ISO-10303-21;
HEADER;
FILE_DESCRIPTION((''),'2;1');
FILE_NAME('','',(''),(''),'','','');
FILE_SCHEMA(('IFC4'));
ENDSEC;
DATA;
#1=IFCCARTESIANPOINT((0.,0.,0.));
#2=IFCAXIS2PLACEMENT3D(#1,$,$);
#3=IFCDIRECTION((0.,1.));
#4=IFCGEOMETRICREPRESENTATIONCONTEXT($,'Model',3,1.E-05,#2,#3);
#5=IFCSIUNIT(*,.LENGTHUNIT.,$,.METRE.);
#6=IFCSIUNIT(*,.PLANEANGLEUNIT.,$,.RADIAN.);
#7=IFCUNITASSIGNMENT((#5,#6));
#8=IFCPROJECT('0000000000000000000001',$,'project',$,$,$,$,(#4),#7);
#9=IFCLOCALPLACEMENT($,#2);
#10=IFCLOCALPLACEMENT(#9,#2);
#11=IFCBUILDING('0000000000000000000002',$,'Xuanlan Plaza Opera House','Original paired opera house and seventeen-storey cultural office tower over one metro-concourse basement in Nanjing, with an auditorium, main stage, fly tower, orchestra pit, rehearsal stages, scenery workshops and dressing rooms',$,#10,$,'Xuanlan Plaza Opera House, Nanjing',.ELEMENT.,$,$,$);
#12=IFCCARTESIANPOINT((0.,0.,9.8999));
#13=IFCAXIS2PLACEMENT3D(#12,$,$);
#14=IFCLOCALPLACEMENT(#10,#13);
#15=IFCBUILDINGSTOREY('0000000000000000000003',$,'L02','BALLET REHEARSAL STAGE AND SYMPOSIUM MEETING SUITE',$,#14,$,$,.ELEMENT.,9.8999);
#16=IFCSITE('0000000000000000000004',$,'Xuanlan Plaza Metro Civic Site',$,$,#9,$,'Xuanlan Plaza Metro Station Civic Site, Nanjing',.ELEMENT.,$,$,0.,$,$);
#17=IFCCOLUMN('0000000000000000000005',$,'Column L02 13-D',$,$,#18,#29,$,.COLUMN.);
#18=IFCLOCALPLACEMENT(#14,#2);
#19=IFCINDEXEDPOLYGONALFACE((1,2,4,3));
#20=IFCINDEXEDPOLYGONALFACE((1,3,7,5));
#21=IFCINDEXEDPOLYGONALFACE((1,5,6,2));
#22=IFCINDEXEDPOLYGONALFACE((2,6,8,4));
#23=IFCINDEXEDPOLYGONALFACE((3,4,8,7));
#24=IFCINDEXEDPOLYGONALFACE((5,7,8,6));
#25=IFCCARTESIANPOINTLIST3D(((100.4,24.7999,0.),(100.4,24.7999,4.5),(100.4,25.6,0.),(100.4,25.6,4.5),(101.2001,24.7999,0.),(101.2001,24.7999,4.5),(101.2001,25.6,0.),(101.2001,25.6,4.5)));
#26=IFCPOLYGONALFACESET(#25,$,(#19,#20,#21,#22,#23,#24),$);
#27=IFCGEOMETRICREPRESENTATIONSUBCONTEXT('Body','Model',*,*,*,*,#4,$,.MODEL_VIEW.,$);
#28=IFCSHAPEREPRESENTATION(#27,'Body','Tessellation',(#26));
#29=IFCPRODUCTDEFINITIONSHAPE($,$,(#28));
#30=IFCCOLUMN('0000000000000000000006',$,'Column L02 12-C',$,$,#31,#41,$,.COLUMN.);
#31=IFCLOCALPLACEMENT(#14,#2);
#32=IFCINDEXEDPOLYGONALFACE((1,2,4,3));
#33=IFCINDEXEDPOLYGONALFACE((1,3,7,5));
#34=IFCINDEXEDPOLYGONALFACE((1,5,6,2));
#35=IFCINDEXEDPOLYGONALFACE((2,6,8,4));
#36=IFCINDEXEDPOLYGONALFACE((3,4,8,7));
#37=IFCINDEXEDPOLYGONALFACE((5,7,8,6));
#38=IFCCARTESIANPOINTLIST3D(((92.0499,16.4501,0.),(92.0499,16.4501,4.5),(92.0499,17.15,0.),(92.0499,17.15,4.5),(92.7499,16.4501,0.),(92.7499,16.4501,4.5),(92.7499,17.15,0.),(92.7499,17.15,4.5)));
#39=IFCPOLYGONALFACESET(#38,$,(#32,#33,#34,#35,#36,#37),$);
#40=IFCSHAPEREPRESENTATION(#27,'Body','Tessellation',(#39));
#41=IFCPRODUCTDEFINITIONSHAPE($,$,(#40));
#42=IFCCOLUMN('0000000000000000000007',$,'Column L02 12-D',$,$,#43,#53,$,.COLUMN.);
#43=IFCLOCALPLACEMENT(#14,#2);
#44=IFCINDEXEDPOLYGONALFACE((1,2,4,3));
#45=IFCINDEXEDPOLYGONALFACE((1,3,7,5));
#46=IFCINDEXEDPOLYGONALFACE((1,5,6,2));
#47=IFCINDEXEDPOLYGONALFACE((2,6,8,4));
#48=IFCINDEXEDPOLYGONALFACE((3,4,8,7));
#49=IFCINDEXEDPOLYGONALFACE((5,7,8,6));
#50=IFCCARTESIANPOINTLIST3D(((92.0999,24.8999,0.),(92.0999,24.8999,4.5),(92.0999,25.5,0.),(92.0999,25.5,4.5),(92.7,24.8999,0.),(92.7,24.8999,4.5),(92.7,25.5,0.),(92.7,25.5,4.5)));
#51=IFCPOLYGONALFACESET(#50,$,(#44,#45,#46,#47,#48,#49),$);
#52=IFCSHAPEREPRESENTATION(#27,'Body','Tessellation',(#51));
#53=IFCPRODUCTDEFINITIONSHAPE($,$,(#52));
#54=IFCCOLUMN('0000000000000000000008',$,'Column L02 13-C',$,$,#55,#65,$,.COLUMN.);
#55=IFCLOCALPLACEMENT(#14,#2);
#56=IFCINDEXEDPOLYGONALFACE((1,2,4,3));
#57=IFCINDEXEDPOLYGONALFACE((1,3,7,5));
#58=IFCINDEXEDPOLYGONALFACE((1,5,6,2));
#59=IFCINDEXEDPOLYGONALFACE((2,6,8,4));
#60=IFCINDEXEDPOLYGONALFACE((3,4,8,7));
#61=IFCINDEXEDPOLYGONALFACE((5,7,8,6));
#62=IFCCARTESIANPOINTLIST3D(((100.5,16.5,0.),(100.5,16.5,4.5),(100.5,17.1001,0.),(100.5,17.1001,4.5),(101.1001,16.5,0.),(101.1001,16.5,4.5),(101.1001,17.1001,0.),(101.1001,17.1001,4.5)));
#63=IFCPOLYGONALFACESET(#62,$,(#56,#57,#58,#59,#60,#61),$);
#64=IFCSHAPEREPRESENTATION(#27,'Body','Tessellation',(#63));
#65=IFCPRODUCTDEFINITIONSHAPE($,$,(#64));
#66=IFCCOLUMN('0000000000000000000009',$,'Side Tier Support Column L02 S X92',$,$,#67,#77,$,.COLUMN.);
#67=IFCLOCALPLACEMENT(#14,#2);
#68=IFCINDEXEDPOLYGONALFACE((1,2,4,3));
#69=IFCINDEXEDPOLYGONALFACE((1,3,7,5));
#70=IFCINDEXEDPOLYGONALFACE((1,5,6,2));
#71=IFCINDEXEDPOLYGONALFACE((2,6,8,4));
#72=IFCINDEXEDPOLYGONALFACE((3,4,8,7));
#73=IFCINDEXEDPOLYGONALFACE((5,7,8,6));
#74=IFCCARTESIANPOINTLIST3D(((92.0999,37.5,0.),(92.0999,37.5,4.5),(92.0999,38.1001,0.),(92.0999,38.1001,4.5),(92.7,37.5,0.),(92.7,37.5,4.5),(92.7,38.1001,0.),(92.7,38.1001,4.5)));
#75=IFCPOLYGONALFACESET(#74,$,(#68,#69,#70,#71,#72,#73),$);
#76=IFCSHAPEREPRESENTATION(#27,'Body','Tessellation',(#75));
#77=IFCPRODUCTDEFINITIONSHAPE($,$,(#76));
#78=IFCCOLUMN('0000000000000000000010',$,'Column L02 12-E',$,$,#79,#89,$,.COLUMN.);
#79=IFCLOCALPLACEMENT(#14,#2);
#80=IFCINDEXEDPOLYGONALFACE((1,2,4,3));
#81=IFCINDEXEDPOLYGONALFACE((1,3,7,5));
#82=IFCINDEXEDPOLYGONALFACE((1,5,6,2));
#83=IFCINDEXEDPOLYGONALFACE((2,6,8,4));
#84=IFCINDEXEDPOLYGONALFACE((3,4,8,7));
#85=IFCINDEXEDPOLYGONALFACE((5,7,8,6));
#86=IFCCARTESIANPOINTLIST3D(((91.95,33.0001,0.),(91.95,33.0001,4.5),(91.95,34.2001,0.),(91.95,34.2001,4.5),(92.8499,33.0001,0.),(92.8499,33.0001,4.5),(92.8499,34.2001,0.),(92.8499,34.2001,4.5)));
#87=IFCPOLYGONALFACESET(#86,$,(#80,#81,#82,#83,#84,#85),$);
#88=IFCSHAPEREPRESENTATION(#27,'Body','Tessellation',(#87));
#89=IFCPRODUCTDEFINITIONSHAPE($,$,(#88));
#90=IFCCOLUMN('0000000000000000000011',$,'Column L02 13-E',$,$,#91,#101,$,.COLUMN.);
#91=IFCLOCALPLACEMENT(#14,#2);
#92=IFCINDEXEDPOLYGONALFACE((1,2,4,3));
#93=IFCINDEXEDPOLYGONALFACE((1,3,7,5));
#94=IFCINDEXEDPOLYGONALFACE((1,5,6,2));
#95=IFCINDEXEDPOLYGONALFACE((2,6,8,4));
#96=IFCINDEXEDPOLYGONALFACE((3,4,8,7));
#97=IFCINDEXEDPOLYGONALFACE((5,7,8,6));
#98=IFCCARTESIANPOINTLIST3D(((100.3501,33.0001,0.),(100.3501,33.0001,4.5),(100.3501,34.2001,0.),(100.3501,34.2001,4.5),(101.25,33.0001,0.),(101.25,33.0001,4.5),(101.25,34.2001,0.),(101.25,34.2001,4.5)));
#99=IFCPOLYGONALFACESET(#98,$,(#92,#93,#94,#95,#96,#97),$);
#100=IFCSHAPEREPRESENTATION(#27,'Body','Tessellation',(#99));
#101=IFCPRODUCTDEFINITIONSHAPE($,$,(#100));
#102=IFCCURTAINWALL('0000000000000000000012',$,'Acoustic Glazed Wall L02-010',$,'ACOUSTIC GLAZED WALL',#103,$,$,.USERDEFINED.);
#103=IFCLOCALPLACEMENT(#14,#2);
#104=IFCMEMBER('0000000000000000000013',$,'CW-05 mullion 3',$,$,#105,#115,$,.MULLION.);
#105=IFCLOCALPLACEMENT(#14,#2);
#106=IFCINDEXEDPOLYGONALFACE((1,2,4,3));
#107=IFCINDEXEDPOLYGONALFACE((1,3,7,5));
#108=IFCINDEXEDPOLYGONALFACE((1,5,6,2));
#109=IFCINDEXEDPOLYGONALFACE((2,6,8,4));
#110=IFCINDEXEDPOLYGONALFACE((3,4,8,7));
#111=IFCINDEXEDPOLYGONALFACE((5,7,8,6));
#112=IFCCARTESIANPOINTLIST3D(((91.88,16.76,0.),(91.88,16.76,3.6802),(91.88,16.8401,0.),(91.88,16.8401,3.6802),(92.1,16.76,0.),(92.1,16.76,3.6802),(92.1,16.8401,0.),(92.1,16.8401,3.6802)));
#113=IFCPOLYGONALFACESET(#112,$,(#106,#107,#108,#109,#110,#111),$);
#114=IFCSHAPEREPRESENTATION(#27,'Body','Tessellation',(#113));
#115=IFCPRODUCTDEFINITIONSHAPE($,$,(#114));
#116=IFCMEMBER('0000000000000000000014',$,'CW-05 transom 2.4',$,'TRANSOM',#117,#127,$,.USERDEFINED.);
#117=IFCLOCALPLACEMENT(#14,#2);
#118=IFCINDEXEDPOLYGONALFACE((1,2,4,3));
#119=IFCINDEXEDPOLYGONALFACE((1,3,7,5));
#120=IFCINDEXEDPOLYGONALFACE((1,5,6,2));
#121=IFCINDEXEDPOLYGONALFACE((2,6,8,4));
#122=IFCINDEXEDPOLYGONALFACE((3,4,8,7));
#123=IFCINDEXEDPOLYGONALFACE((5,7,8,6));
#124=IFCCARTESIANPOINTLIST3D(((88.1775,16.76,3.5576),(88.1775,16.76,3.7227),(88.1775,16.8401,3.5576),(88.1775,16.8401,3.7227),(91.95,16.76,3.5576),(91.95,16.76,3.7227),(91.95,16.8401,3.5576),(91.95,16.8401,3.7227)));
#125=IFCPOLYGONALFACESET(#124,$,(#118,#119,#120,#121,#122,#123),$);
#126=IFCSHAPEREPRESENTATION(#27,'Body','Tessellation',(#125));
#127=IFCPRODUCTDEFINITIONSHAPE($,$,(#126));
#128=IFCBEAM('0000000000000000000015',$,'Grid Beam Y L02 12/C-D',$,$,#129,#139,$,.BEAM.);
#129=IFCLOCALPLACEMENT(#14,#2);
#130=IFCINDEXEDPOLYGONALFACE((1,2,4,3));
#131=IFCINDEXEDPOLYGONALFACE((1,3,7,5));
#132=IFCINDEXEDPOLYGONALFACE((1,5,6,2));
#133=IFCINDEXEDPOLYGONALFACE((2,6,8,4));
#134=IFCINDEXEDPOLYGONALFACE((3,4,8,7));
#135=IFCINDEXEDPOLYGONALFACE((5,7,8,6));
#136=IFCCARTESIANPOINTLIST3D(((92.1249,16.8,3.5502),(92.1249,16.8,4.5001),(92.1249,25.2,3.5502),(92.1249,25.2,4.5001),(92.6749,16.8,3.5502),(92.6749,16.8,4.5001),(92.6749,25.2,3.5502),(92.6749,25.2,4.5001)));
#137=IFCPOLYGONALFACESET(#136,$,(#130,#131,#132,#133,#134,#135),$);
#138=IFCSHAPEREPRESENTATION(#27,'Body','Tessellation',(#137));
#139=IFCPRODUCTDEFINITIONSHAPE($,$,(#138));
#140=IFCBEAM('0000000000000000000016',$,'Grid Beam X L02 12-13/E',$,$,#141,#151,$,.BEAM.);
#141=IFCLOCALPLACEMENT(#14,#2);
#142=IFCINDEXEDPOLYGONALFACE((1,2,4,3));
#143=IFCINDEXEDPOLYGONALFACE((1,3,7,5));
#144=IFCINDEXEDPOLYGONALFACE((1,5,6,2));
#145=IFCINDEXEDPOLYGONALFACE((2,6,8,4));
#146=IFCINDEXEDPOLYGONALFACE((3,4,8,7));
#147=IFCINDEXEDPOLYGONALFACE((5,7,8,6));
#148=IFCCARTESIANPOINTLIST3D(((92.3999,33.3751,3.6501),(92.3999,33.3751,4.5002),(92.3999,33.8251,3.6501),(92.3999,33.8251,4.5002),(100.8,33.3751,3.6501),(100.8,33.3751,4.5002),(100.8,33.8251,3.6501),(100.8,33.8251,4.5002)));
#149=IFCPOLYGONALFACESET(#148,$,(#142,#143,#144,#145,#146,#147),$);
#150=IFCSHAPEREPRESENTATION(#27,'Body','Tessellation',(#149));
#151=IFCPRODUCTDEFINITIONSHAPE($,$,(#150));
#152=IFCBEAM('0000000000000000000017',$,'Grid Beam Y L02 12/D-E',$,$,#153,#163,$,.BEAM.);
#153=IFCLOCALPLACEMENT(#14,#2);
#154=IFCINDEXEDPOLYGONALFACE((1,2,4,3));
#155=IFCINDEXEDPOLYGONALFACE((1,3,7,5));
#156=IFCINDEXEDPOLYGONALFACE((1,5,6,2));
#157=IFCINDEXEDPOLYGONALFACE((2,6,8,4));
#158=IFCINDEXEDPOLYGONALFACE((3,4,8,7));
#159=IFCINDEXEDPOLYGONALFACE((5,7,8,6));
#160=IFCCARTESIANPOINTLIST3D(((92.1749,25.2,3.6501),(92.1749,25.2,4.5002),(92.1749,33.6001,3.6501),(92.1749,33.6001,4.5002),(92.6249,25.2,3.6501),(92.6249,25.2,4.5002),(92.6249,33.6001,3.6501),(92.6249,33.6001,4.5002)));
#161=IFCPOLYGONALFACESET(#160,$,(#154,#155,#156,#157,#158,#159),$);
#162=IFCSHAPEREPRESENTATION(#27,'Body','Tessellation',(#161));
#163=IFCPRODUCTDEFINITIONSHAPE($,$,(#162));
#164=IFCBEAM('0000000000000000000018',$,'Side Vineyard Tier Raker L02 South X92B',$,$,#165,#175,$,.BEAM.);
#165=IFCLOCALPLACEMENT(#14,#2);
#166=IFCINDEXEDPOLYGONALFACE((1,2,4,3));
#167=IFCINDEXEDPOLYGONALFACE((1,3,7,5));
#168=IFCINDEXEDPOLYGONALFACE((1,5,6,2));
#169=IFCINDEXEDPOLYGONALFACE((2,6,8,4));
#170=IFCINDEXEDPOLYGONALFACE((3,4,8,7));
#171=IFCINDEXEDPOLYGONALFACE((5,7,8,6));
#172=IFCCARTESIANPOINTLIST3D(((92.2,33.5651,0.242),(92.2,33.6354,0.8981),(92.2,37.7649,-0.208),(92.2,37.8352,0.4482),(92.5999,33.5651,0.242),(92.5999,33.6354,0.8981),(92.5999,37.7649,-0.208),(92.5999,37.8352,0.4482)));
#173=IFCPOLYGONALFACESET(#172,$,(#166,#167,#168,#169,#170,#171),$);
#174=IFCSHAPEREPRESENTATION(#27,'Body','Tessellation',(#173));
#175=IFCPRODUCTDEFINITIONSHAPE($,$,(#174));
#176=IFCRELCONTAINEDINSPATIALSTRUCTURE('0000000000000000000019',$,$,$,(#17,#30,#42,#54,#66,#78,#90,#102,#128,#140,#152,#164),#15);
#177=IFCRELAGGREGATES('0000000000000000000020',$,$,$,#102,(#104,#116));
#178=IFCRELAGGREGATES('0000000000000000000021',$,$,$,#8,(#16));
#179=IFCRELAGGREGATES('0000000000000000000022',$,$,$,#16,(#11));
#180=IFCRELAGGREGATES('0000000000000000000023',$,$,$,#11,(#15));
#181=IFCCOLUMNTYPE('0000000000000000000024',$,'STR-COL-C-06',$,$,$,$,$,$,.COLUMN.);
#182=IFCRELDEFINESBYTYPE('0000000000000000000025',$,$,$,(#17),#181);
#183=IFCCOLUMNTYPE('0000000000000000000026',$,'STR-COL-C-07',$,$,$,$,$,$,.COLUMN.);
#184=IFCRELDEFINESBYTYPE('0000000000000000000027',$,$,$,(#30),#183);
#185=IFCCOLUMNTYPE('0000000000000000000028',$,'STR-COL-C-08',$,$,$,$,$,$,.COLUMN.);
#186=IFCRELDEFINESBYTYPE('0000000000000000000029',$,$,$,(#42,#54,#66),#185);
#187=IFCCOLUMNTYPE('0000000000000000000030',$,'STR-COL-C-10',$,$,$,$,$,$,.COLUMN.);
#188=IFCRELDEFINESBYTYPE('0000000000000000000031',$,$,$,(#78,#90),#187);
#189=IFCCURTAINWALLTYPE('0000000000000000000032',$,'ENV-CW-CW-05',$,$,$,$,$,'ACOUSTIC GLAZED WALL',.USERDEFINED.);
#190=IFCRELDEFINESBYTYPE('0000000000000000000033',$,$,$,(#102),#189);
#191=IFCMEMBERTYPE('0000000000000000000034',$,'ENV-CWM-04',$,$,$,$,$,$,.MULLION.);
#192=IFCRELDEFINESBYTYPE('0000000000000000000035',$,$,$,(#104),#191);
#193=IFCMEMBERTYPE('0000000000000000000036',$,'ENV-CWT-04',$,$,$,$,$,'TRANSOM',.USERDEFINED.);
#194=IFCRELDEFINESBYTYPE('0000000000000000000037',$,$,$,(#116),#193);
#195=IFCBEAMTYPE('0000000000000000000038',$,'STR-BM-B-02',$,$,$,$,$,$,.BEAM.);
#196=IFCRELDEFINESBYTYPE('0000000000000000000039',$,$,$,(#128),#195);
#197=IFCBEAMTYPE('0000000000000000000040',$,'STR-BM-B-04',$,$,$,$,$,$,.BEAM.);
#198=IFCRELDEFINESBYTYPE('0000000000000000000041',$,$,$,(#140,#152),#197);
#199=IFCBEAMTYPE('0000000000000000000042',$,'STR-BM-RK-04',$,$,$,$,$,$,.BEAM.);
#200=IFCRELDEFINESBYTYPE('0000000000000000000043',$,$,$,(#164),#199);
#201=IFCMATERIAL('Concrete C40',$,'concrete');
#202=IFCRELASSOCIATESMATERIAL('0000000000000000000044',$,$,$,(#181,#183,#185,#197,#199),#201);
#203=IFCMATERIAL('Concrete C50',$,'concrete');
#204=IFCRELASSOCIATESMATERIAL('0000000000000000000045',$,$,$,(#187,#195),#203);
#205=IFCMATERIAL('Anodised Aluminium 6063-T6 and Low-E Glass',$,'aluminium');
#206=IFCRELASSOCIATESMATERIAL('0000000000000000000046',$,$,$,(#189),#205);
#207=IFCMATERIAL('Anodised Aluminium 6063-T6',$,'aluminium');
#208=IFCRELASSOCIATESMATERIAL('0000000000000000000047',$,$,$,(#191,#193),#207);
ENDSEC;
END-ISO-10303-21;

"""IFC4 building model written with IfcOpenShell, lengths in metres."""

from ifc_helpers import new_model, si_unit, direction, frame, origin, origin_2d, place, context, subcontext, project, spatial, rectangle, extrude, material, material_profile, profile_set, type_object, element, aggregate, save


model = new_model("IFC4")

# Units and contexts
model_context = context("Model", 3, precision=1e-05, world=origin(), true_north=direction((0.0, 1.0)))
body_context = subcontext(model_context, "Body", "Model", "MODEL_VIEW")
ifc_project = project(units=[si_unit("LENGTHUNIT", "METRE"), si_unit("PLANEANGLEUNIT", "RADIAN")], contexts=[model_context])

# Site, building, storey
site_placement = place(None, origin())
site = spatial("IfcSite", under=ifc_project, at=site_placement, Name="Xuanlan Plaza Metro Civic Site", LongName="Xuanlan Plaza Metro Station Civic Site, Nanjing", CompositionType="ELEMENT", RefElevation=0.0)
building_placement = place(site_placement, origin())
building = spatial("IfcBuilding", under=site, at=building_placement, Name="Xuanlan Plaza Opera House", Description="Original paired opera house and seventeen-storey cultural office tower over one metro-concourse basement in Nanjing, with an auditorium, main stage, fly tower, orchestra pit, rehearsal stages, scenery workshops and dressing rooms", LongName="Xuanlan Plaza Opera House, Nanjing", CompositionType="ELEMENT")
storey_placement = place(building_placement, frame((0.0, 0.0, 9.8999)))
storey = spatial("IfcBuildingStorey", under=building, at=storey_placement, Name="L02", Description="BALLET REHEARSAL STAGE AND SYMPOSIUM MEETING SUITE", CompositionType="ELEMENT", Elevation=9.8999)

# Columns
ifc_material_1 = material(Name="Concrete C40", Category="concrete")
ifc_material_profile_1 = material_profile(ifc_material_1, rectangle(XDim=0.8, YDim=0.8, at=origin_2d()), Name="RC-COL 800x800")
ifc_profile_set_1 = profile_set([ifc_material_profile_1], Name="Concrete C40")
column_type_1 = type_object("IfcColumnType", Name="STR-COL-C-06", PredefinedType="COLUMN", material=ifc_profile_set_1)
column_1_placement = place(storey_placement, frame((100.8, 25.2, 0.0), z_axis=(0.0, 0.0, 1.0), x_axis=(1.0, 0.0, 0.0)))
element("IfcColumn", 1, at=column_1_placement, inside=storey, type_object=column_type_1, Name="Column L02 13-D", PredefinedType="COLUMN", context=body_context, shape_type="SweptSolid", body=[
    extrude(rectangle(XDim=0.8, YDim=0.8, at=origin_2d()), origin(), (0.0, 0.0, 1.0), 4.5),
])
ifc_material_profile_2 = material_profile(ifc_material_1, rectangle(XDim=0.7, YDim=0.7, at=origin_2d()), Name="RC-COL 700x700")
ifc_profile_set_2 = profile_set([ifc_material_profile_2], Name="Concrete C40")
column_type_2 = type_object("IfcColumnType", Name="STR-COL-C-07", PredefinedType="COLUMN", material=ifc_profile_set_2)
column_2_placement = place(storey_placement, frame((92.3999, 16.8, 0.0), z_axis=(0.0, 0.0, 1.0), x_axis=(1.0, 0.0, 0.0)))
element("IfcColumn", 2, at=column_2_placement, inside=storey, type_object=column_type_2, Name="Column L02 12-C", PredefinedType="COLUMN", context=body_context, shape_type="SweptSolid", body=[
    extrude(rectangle(XDim=0.7, YDim=0.7, at=origin_2d()), origin(), (0.0, 0.0, 1.0), 4.5),
])
ifc_material_profile_3 = material_profile(ifc_material_1, rectangle(XDim=0.6001, YDim=0.6001, at=origin_2d()), Name="RC-COL 600x600")
ifc_profile_set_3 = profile_set([ifc_material_profile_3], Name="Concrete C40")
column_type_3 = type_object("IfcColumnType", Name="STR-COL-C-08", PredefinedType="COLUMN", material=ifc_profile_set_3)
for number, where, z_axis, x_axis, name in (
    (3, (92.3999, 25.2, 0.0), (0.0, 0.0, 1.0), (1.0, 0.0, 0.0), "Column L02 12-D"),
    (4, (100.8, 16.8, 0.0), (0.0, 0.0, 1.0), (1.0, 0.0, 0.0), "Column L02 13-C"),
    (5, (92.3999, 37.8, 0.0), (0.0, 0.0, 1.0), (1.0, 0.0, 0.0), "Side Tier Support Column L02 S X92"),
):
    element("IfcColumn", number, at=place(storey_placement, frame(where, z_axis=z_axis, x_axis=x_axis)), inside=storey, type_object=column_type_3, Name=name, PredefinedType="COLUMN", context=body_context, shape_type="SweptSolid", body=[
        extrude(rectangle(XDim=0.6001, YDim=0.6001, at=origin_2d()), origin(), (0.0, 0.0, 1.0), 4.5),
    ])
ifc_material_2 = material(Name="Concrete C50", Category="concrete")
ifc_material_profile_4 = material_profile(ifc_material_2, rectangle(XDim=0.8999, YDim=1.2, at=origin_2d()), Name="RC-COL 900x1200")
ifc_profile_set_4 = profile_set([ifc_material_profile_4], Name="Concrete C50")
column_type_4 = type_object("IfcColumnType", Name="STR-COL-C-10", PredefinedType="COLUMN", material=ifc_profile_set_4)
for number, where, z_axis, x_axis, name in (
    (6, (92.3999, 33.6001, 0.0), (0.0, 0.0, 1.0), (1.0, 0.0, 0.0), "Column L02 12-E"),
    (7, (100.8, 33.6001, 0.0), (0.0, 0.0, 1.0), (1.0, 0.0, 0.0), "Column L02 13-E"),
):
    element("IfcColumn", number, at=place(storey_placement, frame(where, z_axis=z_axis, x_axis=x_axis)), inside=storey, type_object=column_type_4, Name=name, PredefinedType="COLUMN", context=body_context, shape_type="SweptSolid", body=[
        extrude(rectangle(XDim=0.8999, YDim=1.2, at=origin_2d()), origin(), (0.0, 0.0, 1.0), 4.5),
    ])

# Curtain wall, members
ifc_material_3 = material(Name="Anodised Aluminium 6063-T6 and Low-E Glass", Category="aluminium")
curtain_wall_type = type_object("IfcCurtainWallType", Name="ENV-CW-CW-05", ElementType="ACOUSTIC GLAZED WALL", PredefinedType="USERDEFINED", material=ifc_material_3)
curtain_wall_placement = place(storey_placement, origin())
curtain_wall = element("IfcCurtainWall", 8, at=curtain_wall_placement, inside=storey, type_object=curtain_wall_type, Name="Acoustic Glazed Wall L02-010", ObjectType="ACOUSTIC GLAZED WALL", PredefinedType="USERDEFINED")
ifc_material_4 = material(Name="Anodised Aluminium 6063-T6", Category="aluminium")
ifc_material_profile_5 = material_profile(ifc_material_4, rectangle(XDim=0.0801, YDim=0.22, at=origin_2d()), Name="ALU-M 80x220")
ifc_profile_set_5 = profile_set([ifc_material_profile_5], Name="Anodised Aluminium 6063-T6")
member_type_1 = type_object("IfcMemberType", Name="ENV-CWM-04", PredefinedType="MULLION", material=ifc_profile_set_5)
member_1_placement = place(storey_placement, frame((91.99, 16.8, 0.0), z_axis=(0.0, 0.0, 1.0), x_axis=(0.0, 1.0, 0.0)))
member_1 = element("IfcMember", 9, at=member_1_placement, type_object=member_type_1, Name="CW-05 mullion 3", PredefinedType="MULLION", context=body_context, shape_type="SweptSolid", body=[
    extrude(rectangle(XDim=0.0801, YDim=0.22, at=origin_2d()), origin(), (0.0, 0.0, 1.0), 3.6802),
])
ifc_material_profile_6 = material_profile(ifc_material_4, rectangle(XDim=0.0801, YDim=0.165, at=origin_2d()), Name="ALU-T 80x165")
ifc_profile_set_6 = profile_set([ifc_material_profile_6], Name="Anodised Aluminium 6063-T6")
member_type_2 = type_object("IfcMemberType", Name="ENV-CWT-04", ElementType="TRANSOM", PredefinedType="USERDEFINED", material=ifc_profile_set_6)
member_2_placement = place(storey_placement, frame((88.1775, 16.8, 3.6401), z_axis=(1.0, 0.0, 0.0), x_axis=(0.0, 1.0, 0.0)))
member_2 = element("IfcMember", 10, at=member_2_placement, type_object=member_type_2, Name="CW-05 transom 2.4", ObjectType="TRANSOM", PredefinedType="USERDEFINED", context=body_context, shape_type="SweptSolid", body=[
    extrude(rectangle(XDim=0.0801, YDim=0.165, at=origin_2d()), origin(), (0.0, 0.0, 1.0), 3.7725),
])

# Beams
ifc_material_profile_7 = material_profile(ifc_material_2, rectangle(XDim=0.55, YDim=0.95, at=origin_2d()), Name="RC-BM 550x950")
ifc_profile_set_7 = profile_set([ifc_material_profile_7], Name="Concrete C50")
beam_type_1 = type_object("IfcBeamType", Name="STR-BM-B-02", PredefinedType="BEAM", material=ifc_profile_set_7)
beam_1_placement = place(storey_placement, frame((92.3999, 16.8, 4.0251), z_axis=(0.0, 1.0, 0.0), x_axis=(-1.0, 0.0, 0.0)))
element("IfcBeam", 11, at=beam_1_placement, inside=storey, type_object=beam_type_1, Name="Grid Beam Y L02 12/C-D", PredefinedType="BEAM", context=body_context, shape_type="SweptSolid", body=[
    extrude(rectangle(XDim=0.55, YDim=0.95, at=origin_2d()), origin(), (0.0, 0.0, 1.0), 8.3999),
])
ifc_material_profile_8 = material_profile(ifc_material_1, rectangle(XDim=0.45, YDim=0.8501, at=origin_2d()), Name="RC-BM 450x850")
ifc_profile_set_8 = profile_set([ifc_material_profile_8], Name="Concrete C40")
beam_type_2 = type_object("IfcBeamType", Name="STR-BM-B-04", PredefinedType="BEAM", material=ifc_profile_set_8)
for number, where, z_axis, x_axis, name in (
    (12, (92.3999, 33.6001, 4.0752), (1.0, 0.0, 0.0), (0.0, 1.0, 0.0), "Grid Beam X L02 12-13/E"),
    (13, (92.3999, 25.2, 4.0752), (0.0, 1.0, 0.0), (-1.0, 0.0, 0.0), "Grid Beam Y L02 12/D-E"),
):
    element("IfcBeam", number, at=place(storey_placement, frame(where, z_axis=z_axis, x_axis=x_axis)), inside=storey, type_object=beam_type_2, Name=name, PredefinedType="BEAM", context=body_context, shape_type="SweptSolid", body=[
        extrude(rectangle(XDim=0.45, YDim=0.8501, at=origin_2d()), origin(), (0.0, 0.0, 1.0), 8.4001),
    ])
ifc_material_profile_9 = material_profile(ifc_material_1, rectangle(XDim=0.3999, YDim=0.6599, at=origin_2d()), Name="RC-RKR 400x660")
ifc_profile_set_9 = profile_set([ifc_material_profile_9], Name="Concrete C40")
beam_type_3 = type_object("IfcBeamType", Name="STR-BM-RK-04", PredefinedType="BEAM", material=ifc_profile_set_9)
beam_2_placement = place(storey_placement, frame((92.3999, 37.8, 0.1201), z_axis=(0.0, -0.99431, 0.106523), x_axis=(1.0, 0.0, 0.0)))
element("IfcBeam", 14, at=beam_2_placement, inside=storey, type_object=beam_type_3, Name="Side Vineyard Tier Raker L02 South X92B", PredefinedType="BEAM", context=body_context, shape_type="SweptSolid", body=[
    extrude(rectangle(XDim=0.3999, YDim=0.6599, at=origin_2d()), origin(), (0.0, 0.0, 1.0), 4.2239),
])

aggregate(curtain_wall, [member_1, member_2])

save(model, "model.ifc")
